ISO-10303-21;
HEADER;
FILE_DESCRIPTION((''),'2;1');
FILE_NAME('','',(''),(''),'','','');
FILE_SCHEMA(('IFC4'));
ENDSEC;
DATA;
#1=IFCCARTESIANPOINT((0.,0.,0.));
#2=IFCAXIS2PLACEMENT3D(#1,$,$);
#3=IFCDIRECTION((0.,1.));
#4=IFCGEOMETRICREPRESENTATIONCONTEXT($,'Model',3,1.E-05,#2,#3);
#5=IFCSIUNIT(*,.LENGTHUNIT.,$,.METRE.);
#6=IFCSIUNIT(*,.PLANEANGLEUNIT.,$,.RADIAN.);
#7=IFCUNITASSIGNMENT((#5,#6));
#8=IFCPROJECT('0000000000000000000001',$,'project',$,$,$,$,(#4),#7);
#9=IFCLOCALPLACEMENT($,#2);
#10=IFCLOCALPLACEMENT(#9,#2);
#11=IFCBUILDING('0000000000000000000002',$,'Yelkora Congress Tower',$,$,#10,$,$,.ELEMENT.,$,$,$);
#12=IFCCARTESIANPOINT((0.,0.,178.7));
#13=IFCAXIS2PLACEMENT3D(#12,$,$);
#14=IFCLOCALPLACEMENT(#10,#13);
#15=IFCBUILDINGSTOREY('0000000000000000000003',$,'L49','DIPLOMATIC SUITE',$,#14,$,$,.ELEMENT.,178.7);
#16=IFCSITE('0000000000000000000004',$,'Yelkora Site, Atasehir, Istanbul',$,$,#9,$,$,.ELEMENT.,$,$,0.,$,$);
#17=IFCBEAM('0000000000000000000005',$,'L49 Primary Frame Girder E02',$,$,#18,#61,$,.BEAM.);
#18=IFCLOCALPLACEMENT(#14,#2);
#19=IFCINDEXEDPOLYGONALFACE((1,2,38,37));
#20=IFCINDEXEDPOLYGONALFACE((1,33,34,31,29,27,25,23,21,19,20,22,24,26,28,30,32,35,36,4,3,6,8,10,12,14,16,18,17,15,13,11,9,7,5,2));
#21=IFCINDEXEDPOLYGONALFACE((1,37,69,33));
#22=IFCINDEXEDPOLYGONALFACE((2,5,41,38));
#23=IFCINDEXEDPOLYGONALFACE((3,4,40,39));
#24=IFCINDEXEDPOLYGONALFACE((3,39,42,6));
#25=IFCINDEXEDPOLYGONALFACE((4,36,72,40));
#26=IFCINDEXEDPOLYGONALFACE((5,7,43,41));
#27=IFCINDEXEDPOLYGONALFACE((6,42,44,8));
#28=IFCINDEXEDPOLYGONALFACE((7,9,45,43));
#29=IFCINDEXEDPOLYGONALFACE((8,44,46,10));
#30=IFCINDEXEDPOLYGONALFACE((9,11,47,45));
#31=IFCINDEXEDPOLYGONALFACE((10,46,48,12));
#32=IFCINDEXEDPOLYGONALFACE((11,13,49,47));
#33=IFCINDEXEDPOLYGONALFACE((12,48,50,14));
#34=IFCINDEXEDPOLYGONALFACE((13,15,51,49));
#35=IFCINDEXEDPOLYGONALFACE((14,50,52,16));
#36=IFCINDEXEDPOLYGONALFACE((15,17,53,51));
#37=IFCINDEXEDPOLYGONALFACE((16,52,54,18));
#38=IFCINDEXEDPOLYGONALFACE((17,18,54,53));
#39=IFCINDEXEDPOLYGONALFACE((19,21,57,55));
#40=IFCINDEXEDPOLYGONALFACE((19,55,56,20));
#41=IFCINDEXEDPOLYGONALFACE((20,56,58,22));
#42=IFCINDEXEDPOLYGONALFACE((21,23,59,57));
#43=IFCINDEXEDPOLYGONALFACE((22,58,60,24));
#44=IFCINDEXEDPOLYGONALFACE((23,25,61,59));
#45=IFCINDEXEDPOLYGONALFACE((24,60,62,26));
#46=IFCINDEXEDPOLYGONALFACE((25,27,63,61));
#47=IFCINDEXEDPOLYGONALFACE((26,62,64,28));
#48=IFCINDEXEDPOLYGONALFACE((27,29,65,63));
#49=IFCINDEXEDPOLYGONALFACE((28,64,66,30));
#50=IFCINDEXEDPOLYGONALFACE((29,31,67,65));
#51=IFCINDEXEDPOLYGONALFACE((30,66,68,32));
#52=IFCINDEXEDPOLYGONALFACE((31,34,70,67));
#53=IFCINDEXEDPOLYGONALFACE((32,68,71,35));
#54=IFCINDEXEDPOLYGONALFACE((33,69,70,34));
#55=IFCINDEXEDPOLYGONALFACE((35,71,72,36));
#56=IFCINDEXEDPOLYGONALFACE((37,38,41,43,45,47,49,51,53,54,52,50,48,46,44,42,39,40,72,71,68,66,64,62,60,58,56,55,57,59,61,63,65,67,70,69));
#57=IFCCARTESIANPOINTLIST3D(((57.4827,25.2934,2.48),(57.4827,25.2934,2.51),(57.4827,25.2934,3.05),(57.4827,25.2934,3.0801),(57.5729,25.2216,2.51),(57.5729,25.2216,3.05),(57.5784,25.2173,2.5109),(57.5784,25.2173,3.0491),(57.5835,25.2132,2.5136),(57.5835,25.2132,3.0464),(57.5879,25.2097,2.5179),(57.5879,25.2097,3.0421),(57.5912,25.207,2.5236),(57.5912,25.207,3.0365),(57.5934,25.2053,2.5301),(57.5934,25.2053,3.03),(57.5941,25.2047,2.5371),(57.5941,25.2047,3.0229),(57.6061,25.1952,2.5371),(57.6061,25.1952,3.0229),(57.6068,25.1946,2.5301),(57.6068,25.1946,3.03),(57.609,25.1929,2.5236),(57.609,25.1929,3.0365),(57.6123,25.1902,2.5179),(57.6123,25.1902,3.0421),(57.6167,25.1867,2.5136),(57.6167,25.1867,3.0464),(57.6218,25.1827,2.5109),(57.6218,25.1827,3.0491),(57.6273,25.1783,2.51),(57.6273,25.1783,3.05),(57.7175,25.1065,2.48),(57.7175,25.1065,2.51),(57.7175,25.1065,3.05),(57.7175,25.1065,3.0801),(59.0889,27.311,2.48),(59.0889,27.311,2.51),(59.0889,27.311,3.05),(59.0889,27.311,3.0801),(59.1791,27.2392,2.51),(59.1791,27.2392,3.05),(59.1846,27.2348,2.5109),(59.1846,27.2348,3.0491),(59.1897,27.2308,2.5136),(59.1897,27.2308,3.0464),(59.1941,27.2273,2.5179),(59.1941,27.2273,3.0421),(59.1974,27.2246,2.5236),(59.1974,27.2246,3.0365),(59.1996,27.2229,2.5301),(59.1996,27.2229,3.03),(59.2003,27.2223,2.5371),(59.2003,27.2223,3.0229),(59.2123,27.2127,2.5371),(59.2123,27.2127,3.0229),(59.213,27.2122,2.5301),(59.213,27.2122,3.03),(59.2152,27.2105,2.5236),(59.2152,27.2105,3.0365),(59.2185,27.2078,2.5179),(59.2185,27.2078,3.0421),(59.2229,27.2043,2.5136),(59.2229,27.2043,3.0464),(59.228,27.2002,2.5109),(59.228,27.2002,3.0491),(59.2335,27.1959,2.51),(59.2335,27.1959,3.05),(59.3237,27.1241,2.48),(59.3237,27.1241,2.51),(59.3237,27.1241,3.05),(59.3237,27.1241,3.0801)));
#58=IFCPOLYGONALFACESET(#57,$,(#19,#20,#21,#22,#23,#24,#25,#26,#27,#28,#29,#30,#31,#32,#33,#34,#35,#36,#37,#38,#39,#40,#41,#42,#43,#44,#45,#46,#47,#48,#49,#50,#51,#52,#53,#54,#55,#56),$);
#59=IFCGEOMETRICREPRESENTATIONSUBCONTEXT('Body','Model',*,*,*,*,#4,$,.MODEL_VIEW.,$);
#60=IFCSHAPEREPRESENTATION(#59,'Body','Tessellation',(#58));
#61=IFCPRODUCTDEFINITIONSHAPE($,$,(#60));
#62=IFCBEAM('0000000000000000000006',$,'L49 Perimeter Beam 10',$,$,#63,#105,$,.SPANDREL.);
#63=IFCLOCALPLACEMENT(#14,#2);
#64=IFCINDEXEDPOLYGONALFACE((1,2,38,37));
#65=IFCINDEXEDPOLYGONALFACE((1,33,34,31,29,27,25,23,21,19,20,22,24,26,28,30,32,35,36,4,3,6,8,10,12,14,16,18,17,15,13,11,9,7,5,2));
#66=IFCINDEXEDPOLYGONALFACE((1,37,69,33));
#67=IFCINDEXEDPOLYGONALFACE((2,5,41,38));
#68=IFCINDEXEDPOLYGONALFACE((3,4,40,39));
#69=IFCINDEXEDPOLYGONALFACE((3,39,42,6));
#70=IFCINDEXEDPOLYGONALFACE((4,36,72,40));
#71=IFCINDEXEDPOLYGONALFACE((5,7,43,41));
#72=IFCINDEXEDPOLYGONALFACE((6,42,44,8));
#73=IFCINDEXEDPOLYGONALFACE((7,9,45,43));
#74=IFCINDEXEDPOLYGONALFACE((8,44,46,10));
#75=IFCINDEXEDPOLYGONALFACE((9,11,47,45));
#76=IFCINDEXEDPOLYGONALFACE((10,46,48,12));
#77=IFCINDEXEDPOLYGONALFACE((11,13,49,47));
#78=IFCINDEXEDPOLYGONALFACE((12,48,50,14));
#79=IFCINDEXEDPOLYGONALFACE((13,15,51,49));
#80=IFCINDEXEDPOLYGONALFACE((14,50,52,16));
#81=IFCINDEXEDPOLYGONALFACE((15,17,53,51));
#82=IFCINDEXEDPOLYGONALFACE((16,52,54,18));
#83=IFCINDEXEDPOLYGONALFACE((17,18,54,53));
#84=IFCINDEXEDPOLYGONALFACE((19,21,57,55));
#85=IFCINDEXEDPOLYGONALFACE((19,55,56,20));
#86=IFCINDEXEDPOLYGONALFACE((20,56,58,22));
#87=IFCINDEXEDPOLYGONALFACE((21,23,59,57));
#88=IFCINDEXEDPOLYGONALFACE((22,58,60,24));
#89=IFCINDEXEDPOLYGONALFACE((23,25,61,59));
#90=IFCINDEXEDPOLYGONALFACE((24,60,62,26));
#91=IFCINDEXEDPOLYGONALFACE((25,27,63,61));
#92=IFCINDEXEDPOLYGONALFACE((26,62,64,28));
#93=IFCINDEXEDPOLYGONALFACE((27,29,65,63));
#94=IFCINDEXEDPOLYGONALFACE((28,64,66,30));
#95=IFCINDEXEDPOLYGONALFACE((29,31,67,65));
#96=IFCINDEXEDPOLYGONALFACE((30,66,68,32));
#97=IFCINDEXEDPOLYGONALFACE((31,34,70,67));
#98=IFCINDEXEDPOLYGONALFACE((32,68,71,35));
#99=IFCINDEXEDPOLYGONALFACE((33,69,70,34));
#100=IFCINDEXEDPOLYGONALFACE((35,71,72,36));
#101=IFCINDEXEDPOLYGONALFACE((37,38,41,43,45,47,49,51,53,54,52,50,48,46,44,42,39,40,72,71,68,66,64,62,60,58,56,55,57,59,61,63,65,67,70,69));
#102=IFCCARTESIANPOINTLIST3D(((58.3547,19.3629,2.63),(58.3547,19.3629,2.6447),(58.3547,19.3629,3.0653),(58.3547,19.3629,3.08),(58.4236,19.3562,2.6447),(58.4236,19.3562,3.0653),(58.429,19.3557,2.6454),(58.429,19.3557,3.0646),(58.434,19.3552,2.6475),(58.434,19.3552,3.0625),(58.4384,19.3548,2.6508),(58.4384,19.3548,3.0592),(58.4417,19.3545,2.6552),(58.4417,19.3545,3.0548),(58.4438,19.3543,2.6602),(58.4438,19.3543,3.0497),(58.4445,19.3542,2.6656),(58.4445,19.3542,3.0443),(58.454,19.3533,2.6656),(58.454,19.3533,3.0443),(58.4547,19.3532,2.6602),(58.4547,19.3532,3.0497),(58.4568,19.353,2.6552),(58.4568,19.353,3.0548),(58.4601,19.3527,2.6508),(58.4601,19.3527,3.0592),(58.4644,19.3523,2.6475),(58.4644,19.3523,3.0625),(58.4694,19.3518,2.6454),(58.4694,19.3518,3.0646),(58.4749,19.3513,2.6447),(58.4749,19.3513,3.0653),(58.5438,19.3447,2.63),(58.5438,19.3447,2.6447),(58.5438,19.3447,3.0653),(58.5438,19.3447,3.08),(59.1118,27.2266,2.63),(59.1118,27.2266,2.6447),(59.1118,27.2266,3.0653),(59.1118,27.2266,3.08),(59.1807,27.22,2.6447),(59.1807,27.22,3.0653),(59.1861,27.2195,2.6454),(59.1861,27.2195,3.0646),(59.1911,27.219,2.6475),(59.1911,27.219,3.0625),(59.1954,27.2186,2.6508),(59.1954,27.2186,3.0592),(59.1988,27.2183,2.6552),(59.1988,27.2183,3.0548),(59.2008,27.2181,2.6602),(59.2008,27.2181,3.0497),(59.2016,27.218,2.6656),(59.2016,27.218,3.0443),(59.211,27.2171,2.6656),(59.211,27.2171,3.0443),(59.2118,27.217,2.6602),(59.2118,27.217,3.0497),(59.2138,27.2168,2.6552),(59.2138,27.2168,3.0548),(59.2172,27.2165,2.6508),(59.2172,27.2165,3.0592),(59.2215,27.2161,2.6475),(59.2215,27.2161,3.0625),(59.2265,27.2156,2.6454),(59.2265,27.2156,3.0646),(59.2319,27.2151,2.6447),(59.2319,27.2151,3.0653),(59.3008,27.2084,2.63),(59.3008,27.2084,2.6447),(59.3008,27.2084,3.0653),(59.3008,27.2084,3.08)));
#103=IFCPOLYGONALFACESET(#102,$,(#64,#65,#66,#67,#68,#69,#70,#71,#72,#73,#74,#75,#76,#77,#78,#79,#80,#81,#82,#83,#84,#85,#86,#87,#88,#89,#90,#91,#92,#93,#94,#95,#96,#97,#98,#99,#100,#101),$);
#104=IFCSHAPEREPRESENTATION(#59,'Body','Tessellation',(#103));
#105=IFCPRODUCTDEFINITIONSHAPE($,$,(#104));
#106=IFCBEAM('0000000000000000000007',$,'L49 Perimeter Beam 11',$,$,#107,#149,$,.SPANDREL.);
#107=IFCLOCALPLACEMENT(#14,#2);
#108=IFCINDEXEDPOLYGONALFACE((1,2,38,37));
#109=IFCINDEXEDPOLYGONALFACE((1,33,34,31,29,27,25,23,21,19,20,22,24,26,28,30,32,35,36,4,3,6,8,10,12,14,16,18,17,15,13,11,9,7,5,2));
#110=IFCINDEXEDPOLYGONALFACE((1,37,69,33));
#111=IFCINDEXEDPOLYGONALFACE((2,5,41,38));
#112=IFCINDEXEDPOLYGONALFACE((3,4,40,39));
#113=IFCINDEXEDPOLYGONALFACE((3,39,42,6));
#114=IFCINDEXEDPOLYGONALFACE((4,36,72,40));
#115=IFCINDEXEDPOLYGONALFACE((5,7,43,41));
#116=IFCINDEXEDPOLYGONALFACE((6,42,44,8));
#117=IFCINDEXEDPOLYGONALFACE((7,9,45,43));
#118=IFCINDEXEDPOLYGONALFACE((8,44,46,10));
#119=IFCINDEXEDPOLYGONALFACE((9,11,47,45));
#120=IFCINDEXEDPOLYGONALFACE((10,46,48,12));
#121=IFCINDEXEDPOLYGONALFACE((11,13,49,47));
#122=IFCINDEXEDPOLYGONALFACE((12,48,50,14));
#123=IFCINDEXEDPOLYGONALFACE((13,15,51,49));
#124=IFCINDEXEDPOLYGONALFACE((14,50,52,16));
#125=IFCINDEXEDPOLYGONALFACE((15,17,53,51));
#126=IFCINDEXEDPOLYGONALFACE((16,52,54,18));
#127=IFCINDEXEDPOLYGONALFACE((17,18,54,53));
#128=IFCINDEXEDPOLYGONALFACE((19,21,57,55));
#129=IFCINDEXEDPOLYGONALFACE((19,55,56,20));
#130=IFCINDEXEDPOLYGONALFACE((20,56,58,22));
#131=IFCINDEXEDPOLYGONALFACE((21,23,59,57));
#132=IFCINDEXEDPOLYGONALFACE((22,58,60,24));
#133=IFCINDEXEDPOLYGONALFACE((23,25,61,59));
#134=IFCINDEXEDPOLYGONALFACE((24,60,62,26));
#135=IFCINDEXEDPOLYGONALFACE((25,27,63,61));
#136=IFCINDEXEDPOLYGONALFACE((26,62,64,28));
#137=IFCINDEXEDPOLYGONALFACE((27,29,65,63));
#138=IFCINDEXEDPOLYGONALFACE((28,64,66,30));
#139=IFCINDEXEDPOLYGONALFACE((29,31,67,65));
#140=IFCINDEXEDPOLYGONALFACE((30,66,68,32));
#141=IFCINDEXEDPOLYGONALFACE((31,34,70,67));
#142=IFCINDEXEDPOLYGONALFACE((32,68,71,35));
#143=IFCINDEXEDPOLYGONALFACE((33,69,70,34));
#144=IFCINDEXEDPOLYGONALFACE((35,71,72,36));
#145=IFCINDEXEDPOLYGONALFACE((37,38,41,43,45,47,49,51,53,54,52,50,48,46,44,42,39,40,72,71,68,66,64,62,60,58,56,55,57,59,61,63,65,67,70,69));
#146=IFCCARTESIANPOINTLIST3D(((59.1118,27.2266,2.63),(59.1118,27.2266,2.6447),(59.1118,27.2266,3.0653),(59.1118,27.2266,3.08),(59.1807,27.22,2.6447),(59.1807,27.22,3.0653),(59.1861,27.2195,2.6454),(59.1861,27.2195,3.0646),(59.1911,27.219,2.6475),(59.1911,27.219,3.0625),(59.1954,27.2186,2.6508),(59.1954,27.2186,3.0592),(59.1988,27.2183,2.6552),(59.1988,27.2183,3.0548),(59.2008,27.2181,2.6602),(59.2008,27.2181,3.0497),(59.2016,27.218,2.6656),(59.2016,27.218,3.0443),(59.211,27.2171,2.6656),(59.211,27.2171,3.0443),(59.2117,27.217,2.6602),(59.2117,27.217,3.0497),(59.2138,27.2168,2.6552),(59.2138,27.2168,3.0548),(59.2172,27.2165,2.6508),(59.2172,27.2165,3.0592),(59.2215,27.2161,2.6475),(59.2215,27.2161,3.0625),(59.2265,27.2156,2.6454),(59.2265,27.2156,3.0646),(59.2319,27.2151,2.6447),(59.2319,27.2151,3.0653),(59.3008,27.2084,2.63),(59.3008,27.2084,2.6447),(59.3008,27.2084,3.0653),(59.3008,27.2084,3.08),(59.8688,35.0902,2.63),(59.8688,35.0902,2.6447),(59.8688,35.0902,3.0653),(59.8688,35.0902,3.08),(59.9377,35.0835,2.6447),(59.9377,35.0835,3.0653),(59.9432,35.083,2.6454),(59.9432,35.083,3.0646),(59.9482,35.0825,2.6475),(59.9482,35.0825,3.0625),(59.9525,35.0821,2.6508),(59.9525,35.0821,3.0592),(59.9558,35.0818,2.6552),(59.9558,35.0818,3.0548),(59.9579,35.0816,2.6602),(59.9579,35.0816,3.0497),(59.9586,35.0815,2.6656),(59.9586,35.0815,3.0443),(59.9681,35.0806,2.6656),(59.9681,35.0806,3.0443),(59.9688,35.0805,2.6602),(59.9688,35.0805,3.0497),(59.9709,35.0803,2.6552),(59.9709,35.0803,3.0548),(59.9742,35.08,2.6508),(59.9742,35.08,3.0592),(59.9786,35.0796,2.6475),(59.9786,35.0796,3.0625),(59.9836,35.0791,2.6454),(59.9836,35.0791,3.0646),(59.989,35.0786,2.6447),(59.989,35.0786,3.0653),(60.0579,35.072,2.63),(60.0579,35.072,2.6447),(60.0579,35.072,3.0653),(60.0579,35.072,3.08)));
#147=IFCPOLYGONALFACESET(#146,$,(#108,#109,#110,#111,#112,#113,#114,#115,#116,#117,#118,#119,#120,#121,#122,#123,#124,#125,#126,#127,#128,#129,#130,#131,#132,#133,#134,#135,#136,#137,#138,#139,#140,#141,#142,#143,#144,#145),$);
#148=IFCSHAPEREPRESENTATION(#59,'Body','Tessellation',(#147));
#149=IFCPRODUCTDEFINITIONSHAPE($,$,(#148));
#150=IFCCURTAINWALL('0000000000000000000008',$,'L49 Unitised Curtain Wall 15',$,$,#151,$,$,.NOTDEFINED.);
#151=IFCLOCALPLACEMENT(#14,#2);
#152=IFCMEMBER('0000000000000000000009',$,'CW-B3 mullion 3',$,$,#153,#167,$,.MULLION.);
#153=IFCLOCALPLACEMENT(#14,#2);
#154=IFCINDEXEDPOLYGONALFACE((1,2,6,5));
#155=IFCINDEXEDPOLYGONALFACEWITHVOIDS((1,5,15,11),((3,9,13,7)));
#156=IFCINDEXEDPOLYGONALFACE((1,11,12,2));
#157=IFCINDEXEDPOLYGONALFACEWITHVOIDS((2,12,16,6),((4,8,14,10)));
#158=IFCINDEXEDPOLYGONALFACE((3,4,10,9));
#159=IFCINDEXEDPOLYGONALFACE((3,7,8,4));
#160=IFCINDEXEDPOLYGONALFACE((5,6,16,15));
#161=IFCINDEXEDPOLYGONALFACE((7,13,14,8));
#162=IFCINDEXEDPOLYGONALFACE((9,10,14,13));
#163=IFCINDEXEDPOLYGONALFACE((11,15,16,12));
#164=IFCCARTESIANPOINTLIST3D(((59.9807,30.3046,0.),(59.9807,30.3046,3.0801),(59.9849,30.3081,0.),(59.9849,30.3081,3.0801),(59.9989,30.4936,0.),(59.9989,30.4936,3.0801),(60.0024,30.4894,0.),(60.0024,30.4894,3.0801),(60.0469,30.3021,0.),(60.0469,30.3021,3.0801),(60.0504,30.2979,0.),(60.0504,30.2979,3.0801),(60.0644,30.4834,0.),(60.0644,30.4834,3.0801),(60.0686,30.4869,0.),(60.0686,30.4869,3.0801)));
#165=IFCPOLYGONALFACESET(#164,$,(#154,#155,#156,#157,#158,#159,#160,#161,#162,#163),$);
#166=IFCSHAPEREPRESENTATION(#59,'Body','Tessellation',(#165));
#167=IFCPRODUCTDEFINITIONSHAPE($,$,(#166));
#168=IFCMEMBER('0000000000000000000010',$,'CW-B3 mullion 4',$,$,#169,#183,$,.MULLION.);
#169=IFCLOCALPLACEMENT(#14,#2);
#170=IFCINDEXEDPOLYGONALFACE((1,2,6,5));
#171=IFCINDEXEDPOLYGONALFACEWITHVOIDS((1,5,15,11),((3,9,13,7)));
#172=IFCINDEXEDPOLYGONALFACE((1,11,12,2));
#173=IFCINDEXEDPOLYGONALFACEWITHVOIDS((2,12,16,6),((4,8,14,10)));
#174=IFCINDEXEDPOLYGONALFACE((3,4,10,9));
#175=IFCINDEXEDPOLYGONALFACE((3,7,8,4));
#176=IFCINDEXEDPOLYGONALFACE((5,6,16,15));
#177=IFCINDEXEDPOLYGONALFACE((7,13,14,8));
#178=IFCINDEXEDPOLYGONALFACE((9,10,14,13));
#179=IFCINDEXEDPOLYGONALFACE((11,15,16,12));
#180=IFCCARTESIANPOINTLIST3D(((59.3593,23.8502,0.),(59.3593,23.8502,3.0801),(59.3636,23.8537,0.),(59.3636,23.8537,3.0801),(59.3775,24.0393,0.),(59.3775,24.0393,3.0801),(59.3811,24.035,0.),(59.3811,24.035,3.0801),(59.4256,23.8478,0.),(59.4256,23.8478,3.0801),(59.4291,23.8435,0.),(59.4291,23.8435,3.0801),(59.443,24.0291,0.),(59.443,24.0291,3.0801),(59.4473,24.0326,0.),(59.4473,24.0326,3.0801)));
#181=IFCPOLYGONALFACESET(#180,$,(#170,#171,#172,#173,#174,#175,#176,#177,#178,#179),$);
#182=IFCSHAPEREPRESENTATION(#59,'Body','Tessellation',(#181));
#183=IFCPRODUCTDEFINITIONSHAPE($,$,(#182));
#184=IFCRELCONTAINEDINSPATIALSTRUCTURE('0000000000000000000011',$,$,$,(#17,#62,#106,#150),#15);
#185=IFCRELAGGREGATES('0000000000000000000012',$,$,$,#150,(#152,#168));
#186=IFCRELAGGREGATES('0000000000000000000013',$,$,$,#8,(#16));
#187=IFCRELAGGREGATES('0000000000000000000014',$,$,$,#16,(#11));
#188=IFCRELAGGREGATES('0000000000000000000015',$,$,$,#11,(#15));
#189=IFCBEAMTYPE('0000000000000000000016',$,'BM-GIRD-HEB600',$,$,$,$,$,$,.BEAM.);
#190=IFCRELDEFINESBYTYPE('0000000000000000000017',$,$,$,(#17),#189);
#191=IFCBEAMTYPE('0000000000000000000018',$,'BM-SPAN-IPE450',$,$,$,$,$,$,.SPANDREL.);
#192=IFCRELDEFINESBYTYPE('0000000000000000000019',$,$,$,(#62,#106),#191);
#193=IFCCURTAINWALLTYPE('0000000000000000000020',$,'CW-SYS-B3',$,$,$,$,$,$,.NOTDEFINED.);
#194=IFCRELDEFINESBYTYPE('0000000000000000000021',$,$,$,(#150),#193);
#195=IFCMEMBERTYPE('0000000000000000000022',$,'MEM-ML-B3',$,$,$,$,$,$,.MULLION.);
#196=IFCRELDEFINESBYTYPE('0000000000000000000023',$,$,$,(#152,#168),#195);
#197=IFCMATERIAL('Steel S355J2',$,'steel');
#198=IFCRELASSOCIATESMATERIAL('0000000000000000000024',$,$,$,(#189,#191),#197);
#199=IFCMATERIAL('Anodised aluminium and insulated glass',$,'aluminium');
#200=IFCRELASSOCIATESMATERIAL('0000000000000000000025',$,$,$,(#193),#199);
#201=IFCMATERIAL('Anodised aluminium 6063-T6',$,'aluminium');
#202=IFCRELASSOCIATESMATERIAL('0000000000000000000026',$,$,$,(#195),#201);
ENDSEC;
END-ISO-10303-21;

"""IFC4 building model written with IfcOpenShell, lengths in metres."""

from ifc_helpers import new_model, si_unit, direction, frame, origin, origin_2d, place, context, subcontext, project, spatial, hollow_rectangle, i_section, extrude, material, material_profile, profile_set, type_object, element, aggregate, save


model = new_model("IFC4")

# Units and contexts
model_context = context("Model", 3, precision=1e-05, world=origin(), true_north=direction((0.0, 1.0)))
body_context = subcontext(model_context, "Body", "Model", "MODEL_VIEW")
ifc_project = project(units=[si_unit("LENGTHUNIT", "METRE"), si_unit("PLANEANGLEUNIT", "RADIAN")], contexts=[model_context])

# Site, building, storey
site_placement = place(None, origin())
site = spatial("IfcSite", under=ifc_project, at=site_placement, Name="Yelkora Site, Atasehir, Istanbul", CompositionType="ELEMENT", RefElevation=0.0)
building_placement = place(site_placement, origin())
building = spatial("IfcBuilding", under=site, at=building_placement, Name="Yelkora Congress Tower", CompositionType="ELEMENT")
storey_placement = place(building_placement, frame((0.0, 0.0, 178.7)))
storey = spatial("IfcBuildingStorey", under=building, at=storey_placement, Name="L49", Description="DIPLOMATIC SUITE", CompositionType="ELEMENT", Elevation=178.7)

# Beams
ifc_material_1 = material(Name="Steel S355J2", Category="steel")
ifc_material_profile_1 = material_profile(ifc_material_1, i_section(OverallWidth=0.3, OverallDepth=0.6001, WebThickness=0.0154, FlangeThickness=0.03, FilletRadius=0.0271, at=origin_2d()), Name="HEB 600")
ifc_profile_set_1 = profile_set([ifc_material_profile_1], Name="Steel S355J2")
beam_type_1 = type_object("IfcBeamType", Name="BM-GIRD-HEB600", PredefinedType="BEAM", material=ifc_profile_set_1)
beam_1_placement = place(storey_placement, frame((59.2063, 27.2175, 2.78), z_axis=(-0.622835, -0.782354, 0.0), x_axis=(0.782354, -0.622835, 0.0)))
element("IfcBeam", 1, at=beam_1_placement, inside=storey, type_object=beam_type_1, Name="L49 Primary Frame Girder E02", PredefinedType="BEAM", context=body_context, shape_type="SweptSolid", body=[
    extrude(i_section(OverallWidth=0.3, OverallDepth=0.6001, WebThickness=0.0154, FlangeThickness=0.03, FilletRadius=0.0271, at=origin_2d()), origin(), (0.0, 0.0, 1.0), 2.5789),
])
ifc_material_profile_2 = material_profile(ifc_material_1, i_section(OverallWidth=0.1899, OverallDepth=0.45, WebThickness=0.0095, FlangeThickness=0.0146, FilletRadius=0.021, at=origin_2d()), Name="IPE 450")
ifc_profile_set_2 = profile_set([ifc_material_profile_2], Name="Steel S355J2")
beam_type_2 = type_object("IfcBeamType", Name="BM-SPAN-IPE450", PredefinedType="SPANDREL", material=ifc_profile_set_2)
beam_2_placement = place(storey_placement, frame((58.4492, 19.3538, 2.855), z_axis=(0.095831, 0.995398, 0.0), x_axis=(-0.995398, 0.095831, 0.0)))
element("IfcBeam", 2, at=beam_2_placement, inside=storey, type_object=beam_type_2, Name="L49 Perimeter Beam 10", PredefinedType="SPANDREL", context=body_context, shape_type="SweptSolid", body=[
    extrude(i_section(OverallWidth=0.1899, OverallDepth=0.45, WebThickness=0.0095, FlangeThickness=0.0146, FilletRadius=0.021, at=origin_2d()), origin(), (0.0, 0.0, 1.0), 7.9001),
])
beam_3_placement = place(storey_placement, frame((59.2063, 27.2175, 2.855), z_axis=(0.095834, 0.995397, 0.0), x_axis=(-0.995397, 0.095834, 0.0)))
element("IfcBeam", 3, at=beam_3_placement, inside=storey, type_object=beam_type_2, Name="L49 Perimeter Beam 11", PredefinedType="SPANDREL", context=body_context, shape_type="SweptSolid", body=[
    extrude(i_section(OverallWidth=0.1899, OverallDepth=0.45, WebThickness=0.0095, FlangeThickness=0.0146, FilletRadius=0.021, at=origin_2d()), origin(), (0.0, 0.0, 1.0), 7.8999),
])

# Curtain wall, members
ifc_material_2 = material(Name="Anodised aluminium and insulated glass", Category="aluminium")
curtain_wall_type = type_object("IfcCurtainWallType", Name="CW-SYS-B3", PredefinedType="NOTDEFINED", material=ifc_material_2)
curtain_wall_placement = place(storey_placement, origin())
curtain_wall = element("IfcCurtainWall", 4, at=curtain_wall_placement, inside=storey, type_object=curtain_wall_type, Name="L49 Unitised Curtain Wall 15", PredefinedType="NOTDEFINED")
ifc_material_3 = material(Name="Anodised aluminium 6063-T6", Category="aluminium")
ifc_material_profile_3 = material_profile(ifc_material_3, hollow_rectangle(XDim=0.0701, YDim=0.1899, WallThickness=0.0039, at=origin_2d()), Name="ALU 70x190x4")
ifc_profile_set_3 = profile_set([ifc_material_profile_3], Name="Anodised aluminium 6063-T6")
member_type_1 = type_object("IfcMemberType", Name="MEM-ML-B3", PredefinedType="MULLION", material=ifc_profile_set_3)
member_1_placement = place(storey_placement, frame((60.0247, 30.3958, 0.0), z_axis=(0.0, 0.0, 1.0), x_axis=(0.995397, -0.095842, 0.0)))
member_1 = element("IfcMember", 5, at=member_1_placement, type_object=member_type_1, Name="CW-B3 mullion 3", PredefinedType="MULLION", context=body_context, shape_type="SweptSolid", body=[
    extrude(hollow_rectangle(XDim=0.0701, YDim=0.1899, WallThickness=0.0039, at=origin_2d()), origin(), (0.0, 0.0, 1.0), 3.0801),
])
member_2_placement = place(storey_placement, frame((59.4033, 23.9414, 0.0), z_axis=(0.0, 0.0, 1.0), x_axis=(0.995397, -0.095842, 0.0)))
member_2 = element("IfcMember", 6, at=member_2_placement, type_object=member_type_1, Name="CW-B3 mullion 4", PredefinedType="MULLION", context=body_context, shape_type="SweptSolid", body=[
    extrude(hollow_rectangle(XDim=0.0701, YDim=0.1899, WallThickness=0.0039, at=origin_2d()), origin(), (0.0, 0.0, 1.0), 3.0801),
])
aggregate(curtain_wall, [member_1, member_2])

save(model, "model.ifc")
